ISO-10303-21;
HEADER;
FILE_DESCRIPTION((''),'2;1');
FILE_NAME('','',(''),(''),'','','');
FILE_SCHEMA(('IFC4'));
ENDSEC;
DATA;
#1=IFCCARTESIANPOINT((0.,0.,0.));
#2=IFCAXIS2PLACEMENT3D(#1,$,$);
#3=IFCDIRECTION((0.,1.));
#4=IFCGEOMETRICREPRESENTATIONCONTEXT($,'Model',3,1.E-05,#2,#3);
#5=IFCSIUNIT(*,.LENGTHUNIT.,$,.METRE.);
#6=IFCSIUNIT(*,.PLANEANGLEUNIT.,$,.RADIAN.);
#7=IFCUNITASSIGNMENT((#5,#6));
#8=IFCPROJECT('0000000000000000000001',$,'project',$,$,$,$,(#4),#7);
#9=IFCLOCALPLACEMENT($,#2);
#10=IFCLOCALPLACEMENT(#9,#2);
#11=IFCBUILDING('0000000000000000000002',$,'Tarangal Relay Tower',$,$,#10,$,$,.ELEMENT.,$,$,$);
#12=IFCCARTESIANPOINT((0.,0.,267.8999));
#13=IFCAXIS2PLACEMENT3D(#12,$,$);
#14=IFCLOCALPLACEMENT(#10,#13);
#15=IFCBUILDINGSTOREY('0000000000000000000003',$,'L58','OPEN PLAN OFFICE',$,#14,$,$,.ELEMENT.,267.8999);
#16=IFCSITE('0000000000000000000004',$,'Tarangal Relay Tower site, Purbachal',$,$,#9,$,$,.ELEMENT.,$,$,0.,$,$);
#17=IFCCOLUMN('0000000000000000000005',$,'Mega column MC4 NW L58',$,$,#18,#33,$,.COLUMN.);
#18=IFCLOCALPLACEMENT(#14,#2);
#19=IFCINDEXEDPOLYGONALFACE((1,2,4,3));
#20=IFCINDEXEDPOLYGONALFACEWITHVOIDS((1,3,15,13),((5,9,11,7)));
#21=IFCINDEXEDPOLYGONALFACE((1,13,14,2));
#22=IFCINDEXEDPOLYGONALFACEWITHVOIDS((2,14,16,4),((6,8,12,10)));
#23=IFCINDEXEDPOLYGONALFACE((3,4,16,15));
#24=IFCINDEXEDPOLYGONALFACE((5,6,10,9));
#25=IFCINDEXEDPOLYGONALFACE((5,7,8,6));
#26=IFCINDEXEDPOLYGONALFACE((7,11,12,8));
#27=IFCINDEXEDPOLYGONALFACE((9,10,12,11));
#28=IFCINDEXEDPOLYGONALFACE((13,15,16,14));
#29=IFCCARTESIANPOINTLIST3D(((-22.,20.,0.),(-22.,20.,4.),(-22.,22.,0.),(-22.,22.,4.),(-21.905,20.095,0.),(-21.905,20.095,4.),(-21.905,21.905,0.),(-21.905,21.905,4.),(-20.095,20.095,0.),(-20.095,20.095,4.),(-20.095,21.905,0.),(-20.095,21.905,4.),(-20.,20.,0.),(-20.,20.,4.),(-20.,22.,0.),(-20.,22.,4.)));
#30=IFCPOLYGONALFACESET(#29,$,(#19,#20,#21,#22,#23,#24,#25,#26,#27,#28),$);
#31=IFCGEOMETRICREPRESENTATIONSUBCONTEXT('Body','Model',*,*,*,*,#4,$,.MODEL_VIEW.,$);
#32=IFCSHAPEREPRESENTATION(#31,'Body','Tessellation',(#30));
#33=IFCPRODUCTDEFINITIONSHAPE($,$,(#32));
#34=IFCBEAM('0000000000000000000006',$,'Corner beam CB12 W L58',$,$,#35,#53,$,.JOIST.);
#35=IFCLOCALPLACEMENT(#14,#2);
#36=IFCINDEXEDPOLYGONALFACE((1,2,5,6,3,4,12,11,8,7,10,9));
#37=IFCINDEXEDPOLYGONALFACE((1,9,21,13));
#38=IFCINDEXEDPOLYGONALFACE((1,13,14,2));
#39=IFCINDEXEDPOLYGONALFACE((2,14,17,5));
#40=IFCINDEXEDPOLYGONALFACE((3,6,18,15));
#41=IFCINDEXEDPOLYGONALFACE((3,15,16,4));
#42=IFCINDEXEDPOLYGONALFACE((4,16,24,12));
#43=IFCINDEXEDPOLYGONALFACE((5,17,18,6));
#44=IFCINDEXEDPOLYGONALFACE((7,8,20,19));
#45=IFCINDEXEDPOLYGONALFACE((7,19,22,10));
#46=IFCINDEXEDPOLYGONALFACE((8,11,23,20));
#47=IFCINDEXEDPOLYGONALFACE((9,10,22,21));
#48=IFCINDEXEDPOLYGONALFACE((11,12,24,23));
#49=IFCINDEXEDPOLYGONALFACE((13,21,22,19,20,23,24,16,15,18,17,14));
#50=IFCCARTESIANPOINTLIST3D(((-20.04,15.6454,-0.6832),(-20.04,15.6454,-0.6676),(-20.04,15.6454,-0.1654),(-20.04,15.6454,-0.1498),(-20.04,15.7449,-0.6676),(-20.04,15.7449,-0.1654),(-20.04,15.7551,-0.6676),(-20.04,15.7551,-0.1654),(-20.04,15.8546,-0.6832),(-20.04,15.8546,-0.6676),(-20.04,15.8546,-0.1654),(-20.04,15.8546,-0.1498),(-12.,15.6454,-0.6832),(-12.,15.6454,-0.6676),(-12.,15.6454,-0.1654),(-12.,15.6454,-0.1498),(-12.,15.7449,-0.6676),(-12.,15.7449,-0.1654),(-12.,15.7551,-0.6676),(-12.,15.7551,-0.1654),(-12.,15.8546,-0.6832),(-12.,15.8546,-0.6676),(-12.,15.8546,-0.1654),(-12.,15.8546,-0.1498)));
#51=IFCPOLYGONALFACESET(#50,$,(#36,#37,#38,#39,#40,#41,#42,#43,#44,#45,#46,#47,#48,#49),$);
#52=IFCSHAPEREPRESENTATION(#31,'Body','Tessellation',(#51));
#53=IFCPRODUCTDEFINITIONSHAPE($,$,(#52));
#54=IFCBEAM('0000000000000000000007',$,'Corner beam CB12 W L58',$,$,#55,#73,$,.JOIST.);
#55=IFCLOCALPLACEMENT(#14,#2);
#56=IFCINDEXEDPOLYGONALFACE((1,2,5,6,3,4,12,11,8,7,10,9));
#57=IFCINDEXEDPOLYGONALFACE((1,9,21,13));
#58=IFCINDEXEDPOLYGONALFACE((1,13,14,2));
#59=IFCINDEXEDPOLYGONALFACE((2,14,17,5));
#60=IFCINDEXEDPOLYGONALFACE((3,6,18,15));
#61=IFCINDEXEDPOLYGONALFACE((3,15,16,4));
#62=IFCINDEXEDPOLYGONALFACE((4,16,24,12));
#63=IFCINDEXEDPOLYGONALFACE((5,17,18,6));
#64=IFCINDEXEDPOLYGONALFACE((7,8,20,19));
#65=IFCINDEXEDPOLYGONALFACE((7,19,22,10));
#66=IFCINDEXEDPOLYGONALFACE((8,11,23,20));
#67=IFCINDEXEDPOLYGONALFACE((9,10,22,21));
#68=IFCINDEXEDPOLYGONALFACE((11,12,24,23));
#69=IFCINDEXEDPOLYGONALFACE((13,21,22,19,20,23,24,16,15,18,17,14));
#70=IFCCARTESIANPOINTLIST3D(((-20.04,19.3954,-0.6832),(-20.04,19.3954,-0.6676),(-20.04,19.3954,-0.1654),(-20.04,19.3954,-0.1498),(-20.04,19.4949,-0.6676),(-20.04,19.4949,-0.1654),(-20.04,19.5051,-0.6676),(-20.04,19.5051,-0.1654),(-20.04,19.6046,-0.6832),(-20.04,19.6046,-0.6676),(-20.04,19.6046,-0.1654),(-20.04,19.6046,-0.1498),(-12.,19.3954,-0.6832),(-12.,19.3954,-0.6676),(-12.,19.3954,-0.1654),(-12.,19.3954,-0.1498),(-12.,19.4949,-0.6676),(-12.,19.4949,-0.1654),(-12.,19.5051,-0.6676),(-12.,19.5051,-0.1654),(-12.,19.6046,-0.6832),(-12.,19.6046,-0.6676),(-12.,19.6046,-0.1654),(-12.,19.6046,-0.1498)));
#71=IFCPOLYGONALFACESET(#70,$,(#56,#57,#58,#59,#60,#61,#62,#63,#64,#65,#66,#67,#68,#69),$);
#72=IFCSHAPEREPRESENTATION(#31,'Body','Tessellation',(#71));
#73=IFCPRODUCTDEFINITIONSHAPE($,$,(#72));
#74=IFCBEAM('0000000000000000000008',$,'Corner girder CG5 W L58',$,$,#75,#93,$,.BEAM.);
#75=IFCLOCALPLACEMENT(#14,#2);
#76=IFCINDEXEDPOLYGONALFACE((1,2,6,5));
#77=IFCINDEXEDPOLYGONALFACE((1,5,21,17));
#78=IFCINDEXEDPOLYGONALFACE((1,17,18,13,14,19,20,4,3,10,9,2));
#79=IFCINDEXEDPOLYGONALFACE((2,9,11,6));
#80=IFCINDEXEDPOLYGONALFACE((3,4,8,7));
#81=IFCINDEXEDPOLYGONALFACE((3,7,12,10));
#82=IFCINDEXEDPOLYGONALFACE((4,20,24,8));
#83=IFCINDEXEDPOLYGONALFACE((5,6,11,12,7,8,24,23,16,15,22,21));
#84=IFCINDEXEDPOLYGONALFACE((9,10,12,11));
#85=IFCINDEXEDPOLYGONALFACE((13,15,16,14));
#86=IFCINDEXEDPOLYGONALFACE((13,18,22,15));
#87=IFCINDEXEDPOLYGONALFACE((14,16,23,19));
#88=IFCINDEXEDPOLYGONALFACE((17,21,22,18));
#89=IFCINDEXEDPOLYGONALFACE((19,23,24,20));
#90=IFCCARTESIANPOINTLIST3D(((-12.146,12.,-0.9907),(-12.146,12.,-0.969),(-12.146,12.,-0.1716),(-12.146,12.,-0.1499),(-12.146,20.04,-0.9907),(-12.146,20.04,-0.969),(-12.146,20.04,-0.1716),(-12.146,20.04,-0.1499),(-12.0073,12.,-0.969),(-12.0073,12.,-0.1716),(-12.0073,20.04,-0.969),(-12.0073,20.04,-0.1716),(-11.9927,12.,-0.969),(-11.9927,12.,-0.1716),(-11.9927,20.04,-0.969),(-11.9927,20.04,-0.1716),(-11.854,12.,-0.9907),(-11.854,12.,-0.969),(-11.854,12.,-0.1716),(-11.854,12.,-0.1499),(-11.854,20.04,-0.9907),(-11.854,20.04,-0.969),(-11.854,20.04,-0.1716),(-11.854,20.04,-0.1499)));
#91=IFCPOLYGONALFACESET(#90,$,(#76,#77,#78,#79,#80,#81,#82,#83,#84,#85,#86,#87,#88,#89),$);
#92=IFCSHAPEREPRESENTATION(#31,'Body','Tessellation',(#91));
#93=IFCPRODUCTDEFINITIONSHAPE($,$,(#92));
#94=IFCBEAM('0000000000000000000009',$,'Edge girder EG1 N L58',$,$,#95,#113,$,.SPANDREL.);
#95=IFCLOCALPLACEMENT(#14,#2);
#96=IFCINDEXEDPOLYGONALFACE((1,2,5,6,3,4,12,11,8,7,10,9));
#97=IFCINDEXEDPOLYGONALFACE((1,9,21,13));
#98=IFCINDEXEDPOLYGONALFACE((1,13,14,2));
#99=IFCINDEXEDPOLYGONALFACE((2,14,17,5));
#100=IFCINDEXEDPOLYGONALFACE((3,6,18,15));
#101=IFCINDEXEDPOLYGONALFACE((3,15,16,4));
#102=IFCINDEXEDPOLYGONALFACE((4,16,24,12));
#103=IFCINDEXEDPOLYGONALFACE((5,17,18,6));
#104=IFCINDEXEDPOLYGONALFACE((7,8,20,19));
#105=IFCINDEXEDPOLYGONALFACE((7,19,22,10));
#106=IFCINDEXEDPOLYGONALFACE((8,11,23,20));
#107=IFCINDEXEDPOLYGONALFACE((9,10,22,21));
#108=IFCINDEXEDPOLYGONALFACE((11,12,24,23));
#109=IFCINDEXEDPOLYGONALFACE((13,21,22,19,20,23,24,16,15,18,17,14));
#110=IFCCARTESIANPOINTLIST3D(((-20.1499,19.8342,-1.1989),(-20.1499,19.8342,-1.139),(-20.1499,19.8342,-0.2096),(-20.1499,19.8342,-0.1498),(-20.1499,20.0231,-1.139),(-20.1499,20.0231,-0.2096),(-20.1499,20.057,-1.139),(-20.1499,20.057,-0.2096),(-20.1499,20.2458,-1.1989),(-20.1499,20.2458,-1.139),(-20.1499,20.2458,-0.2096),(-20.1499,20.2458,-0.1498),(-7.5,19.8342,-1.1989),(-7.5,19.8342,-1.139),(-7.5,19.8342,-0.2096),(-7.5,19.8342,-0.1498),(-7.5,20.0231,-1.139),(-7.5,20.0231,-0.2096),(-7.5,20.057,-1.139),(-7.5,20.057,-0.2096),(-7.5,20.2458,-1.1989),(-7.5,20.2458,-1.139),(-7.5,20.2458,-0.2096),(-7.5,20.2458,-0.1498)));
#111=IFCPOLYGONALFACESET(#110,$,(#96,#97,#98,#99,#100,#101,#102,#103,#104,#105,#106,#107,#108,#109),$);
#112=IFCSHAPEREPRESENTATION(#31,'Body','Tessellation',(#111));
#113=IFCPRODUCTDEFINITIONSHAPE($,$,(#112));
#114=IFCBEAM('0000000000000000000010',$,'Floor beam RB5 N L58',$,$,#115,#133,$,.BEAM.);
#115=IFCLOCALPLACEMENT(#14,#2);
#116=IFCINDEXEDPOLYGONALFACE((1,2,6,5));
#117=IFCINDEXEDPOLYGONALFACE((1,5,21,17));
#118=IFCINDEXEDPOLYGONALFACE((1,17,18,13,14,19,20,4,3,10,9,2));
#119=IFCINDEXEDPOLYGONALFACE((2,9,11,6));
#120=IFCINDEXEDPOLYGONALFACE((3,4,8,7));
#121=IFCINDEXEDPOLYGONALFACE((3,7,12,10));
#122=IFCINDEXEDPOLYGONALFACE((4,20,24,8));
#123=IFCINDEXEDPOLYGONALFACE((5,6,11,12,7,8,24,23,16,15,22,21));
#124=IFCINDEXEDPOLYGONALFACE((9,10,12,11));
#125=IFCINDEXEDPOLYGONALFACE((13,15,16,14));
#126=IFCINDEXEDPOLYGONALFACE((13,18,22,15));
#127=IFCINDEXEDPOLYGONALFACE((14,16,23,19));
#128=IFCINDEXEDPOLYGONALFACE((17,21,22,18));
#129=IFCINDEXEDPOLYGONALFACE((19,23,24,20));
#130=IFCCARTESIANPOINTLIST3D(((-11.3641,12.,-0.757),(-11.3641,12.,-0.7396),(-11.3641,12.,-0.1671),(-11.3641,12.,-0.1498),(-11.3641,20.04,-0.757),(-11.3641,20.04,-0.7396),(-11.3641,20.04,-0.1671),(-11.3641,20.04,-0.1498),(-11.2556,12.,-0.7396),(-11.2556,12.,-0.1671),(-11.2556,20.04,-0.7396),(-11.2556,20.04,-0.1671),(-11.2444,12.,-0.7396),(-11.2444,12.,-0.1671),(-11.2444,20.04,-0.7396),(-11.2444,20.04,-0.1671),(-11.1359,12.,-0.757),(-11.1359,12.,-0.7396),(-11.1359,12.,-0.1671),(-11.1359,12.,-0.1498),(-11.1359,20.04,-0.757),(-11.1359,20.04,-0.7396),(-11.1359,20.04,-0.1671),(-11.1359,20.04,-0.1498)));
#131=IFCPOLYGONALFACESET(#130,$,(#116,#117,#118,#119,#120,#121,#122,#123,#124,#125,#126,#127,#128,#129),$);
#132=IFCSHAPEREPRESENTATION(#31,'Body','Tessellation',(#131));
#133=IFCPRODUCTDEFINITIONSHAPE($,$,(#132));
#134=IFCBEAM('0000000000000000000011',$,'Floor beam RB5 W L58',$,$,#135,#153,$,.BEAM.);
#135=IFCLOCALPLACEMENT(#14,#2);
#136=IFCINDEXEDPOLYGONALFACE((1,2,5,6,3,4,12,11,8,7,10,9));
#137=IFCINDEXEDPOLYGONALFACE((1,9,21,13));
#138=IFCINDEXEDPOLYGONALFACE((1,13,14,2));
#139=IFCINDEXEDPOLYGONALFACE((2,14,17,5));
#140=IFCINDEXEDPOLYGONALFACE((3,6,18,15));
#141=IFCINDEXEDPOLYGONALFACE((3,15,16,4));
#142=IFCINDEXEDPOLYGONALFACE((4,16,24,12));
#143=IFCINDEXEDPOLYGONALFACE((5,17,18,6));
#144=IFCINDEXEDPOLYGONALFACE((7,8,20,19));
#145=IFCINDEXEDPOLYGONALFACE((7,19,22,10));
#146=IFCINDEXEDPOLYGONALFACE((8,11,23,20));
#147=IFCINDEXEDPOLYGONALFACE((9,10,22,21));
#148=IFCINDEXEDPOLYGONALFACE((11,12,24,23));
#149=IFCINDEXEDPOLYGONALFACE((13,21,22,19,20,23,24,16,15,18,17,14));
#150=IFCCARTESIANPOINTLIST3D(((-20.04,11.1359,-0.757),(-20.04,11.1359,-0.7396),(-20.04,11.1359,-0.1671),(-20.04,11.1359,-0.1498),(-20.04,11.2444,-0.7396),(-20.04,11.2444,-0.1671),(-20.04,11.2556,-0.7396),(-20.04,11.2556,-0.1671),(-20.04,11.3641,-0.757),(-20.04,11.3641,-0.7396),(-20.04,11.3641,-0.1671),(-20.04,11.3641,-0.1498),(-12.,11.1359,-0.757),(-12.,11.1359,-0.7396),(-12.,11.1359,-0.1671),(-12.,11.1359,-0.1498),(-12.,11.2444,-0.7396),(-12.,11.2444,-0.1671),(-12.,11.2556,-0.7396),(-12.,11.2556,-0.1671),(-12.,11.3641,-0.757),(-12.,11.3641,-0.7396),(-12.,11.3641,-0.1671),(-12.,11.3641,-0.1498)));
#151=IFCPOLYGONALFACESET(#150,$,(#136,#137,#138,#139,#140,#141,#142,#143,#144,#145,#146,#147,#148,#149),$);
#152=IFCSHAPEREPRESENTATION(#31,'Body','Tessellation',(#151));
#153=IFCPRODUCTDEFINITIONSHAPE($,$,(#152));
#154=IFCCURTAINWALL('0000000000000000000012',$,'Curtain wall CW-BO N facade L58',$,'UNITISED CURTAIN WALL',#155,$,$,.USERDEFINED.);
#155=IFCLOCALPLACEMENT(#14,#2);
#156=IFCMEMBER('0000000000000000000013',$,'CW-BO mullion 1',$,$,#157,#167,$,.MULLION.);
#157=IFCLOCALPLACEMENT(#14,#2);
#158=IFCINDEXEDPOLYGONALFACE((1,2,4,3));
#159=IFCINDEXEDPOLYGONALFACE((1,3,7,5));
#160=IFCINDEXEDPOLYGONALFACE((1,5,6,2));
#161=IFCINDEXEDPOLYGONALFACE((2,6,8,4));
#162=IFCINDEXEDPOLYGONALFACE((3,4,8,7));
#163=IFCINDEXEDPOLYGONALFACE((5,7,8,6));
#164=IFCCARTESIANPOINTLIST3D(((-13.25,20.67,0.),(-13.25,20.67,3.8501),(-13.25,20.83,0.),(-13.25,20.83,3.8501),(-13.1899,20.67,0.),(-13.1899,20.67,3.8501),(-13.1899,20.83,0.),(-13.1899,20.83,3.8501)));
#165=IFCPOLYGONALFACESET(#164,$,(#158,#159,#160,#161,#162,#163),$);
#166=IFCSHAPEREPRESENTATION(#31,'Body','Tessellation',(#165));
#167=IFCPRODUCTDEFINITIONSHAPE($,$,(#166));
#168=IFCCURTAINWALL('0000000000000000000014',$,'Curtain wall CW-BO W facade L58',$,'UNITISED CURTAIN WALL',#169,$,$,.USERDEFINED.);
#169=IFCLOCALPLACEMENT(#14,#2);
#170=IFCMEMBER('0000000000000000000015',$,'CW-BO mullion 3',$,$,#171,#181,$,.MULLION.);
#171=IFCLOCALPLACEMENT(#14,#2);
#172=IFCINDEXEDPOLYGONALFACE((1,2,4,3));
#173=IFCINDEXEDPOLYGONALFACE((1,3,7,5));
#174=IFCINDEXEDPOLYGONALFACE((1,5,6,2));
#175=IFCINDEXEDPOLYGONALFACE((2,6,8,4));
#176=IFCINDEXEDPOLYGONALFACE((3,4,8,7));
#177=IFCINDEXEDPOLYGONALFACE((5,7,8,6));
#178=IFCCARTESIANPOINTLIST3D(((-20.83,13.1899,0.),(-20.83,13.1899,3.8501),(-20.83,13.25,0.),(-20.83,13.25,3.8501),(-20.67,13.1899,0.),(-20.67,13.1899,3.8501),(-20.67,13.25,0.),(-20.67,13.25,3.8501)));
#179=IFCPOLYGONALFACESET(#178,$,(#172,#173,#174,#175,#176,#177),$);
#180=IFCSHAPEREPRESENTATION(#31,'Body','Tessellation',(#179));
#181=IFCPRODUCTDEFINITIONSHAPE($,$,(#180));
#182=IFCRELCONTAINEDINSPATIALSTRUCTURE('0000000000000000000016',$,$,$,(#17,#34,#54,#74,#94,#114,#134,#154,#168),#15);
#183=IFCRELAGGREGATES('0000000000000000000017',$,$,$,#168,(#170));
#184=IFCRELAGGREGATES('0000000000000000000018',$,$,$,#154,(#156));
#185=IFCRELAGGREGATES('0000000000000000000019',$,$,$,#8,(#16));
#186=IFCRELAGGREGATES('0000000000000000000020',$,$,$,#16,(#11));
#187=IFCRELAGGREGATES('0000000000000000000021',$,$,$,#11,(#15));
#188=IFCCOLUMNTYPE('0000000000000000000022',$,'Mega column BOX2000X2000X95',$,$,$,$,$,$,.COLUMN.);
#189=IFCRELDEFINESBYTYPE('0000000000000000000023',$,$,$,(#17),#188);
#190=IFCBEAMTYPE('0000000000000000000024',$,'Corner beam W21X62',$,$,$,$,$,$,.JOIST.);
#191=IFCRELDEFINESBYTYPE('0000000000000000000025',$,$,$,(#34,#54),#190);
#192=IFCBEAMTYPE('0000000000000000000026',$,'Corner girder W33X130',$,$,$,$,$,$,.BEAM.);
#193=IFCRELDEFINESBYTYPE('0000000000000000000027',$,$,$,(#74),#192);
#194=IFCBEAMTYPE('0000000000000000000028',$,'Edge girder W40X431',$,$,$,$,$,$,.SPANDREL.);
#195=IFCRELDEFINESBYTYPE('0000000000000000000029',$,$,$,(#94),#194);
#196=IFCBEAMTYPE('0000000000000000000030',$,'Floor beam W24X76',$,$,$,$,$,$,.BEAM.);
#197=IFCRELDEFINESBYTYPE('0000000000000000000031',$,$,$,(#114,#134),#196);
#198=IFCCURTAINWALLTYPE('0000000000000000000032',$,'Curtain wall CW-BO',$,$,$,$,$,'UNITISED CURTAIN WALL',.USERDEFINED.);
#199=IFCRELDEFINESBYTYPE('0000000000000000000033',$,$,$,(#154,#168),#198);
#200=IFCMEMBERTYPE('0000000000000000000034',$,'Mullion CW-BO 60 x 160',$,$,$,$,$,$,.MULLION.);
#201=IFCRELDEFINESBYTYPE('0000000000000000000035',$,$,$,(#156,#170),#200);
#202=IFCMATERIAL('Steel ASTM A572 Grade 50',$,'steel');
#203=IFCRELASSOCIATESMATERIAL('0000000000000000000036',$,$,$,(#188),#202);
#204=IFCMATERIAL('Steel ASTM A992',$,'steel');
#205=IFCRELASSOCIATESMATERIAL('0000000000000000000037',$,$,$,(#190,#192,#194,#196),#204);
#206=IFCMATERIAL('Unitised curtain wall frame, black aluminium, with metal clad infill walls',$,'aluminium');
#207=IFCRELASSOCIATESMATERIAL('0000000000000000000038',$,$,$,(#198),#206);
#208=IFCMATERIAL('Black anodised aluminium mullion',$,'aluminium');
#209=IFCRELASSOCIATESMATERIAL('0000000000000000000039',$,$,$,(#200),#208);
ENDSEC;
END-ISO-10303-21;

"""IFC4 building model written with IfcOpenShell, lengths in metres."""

from ifc_helpers import new_model, si_unit, direction, frame, origin, origin_2d, place, context, subcontext, project, spatial, rectangle, hollow_rectangle, i_section, extrude, material, material_profile, profile_set, type_object, element, aggregate, save


model = new_model("IFC4")

# Units and contexts
model_context = context("Model", 3, precision=1e-05, world=origin(), true_north=direction((0.0, 1.0)))
body_context = subcontext(model_context, "Body", "Model", "MODEL_VIEW")
ifc_project = project(units=[si_unit("LENGTHUNIT", "METRE"), si_unit("PLANEANGLEUNIT", "RADIAN")], contexts=[model_context])

# Site, building, storey
site_placement = place(None, origin())
site = spatial("IfcSite", under=ifc_project, at=site_placement, Name="Tarangal Relay Tower site, Purbachal", CompositionType="ELEMENT", RefElevation=0.0)
building_placement = place(site_placement, origin())
building = spatial("IfcBuilding", under=site, at=building_placement, Name="Tarangal Relay Tower", CompositionType="ELEMENT")
storey_placement = place(building_placement, frame((0.0, 0.0, 267.8999)))
storey = spatial("IfcBuildingStorey", under=building, at=storey_placement, Name="L58", Description="OPEN PLAN OFFICE", CompositionType="ELEMENT", Elevation=267.8999)

# Column
ifc_material_1 = material(Name="Steel ASTM A572 Grade 50", Category="steel")
ifc_material_profile_1 = material_profile(ifc_material_1, hollow_rectangle(XDim=2.0, YDim=2.0, WallThickness=0.095, at=origin_2d()), Name="BOX2000X2000X95")
ifc_profile_set_1 = profile_set([ifc_material_profile_1], Name="Steel ASTM A572 Grade 50")
column_type = type_object("IfcColumnType", Name="Mega column BOX2000X2000X95", PredefinedType="COLUMN", material=ifc_profile_set_1)
column_placement = place(storey_placement, frame((-21.0, 21.0, 0.0), z_axis=(0.0, 0.0, 1.0), x_axis=(1.0, 0.0, 0.0)))
element("IfcColumn", 1, at=column_placement, inside=storey, type_object=column_type, Name="Mega column MC4 NW L58", PredefinedType="COLUMN", context=body_context, shape_type="SweptSolid", body=[
    extrude(hollow_rectangle(XDim=2.0, YDim=2.0, WallThickness=0.095, at=origin_2d()), origin(), (0.0, 0.0, 1.0), 4.0),
])

# Beams
ifc_material_2 = material(Name="Steel ASTM A992", Category="steel")
ifc_material_profile_2 = material_profile(ifc_material_2, i_section(OverallWidth=0.2092, OverallDepth=0.5334, WebThickness=0.0103, FlangeThickness=0.0156, at=origin_2d()), Name="W21X62")
ifc_profile_set_2 = profile_set([ifc_material_profile_2], Name="Steel ASTM A992")
beam_type_1 = type_object("IfcBeamType", Name="Corner beam W21X62", PredefinedType="JOIST", material=ifc_profile_set_2)
for number, where, z_axis, x_axis, name in (
    (2, (-12.0, 15.75, -0.4165), (-1.0, 0.0, 0.0), (0.0, -1.0, 0.0), "Corner beam CB12 W L58"),
    (3, (-12.0, 19.5, -0.4165), (-1.0, 0.0, 0.0), (0.0, -1.0, 0.0), "Corner beam CB12 W L58"),
):
    element("IfcBeam", number, at=place(storey_placement, frame(where, z_axis=z_axis, x_axis=x_axis)), inside=storey, type_object=beam_type_1, Name=name, PredefinedType="JOIST", context=body_context, shape_type="SweptSolid", body=[
        extrude(i_section(OverallWidth=0.2092, OverallDepth=0.5334, WebThickness=0.0103, FlangeThickness=0.0156, at=origin_2d()), origin(), (0.0, 0.0, 1.0), 8.04),
    ])
ifc_material_profile_3 = material_profile(ifc_material_2, i_section(OverallWidth=0.292, OverallDepth=0.8408, WebThickness=0.0146, FlangeThickness=0.0217, at=origin_2d()), Name="W33X130")
ifc_profile_set_3 = profile_set([ifc_material_profile_3], Name="Steel ASTM A992")
beam_type_2 = type_object("IfcBeamType", Name="Corner girder W33X130", PredefinedType="BEAM", material=ifc_profile_set_3)
beam_1_placement = place(storey_placement, frame((-12.0, 12.0, -0.5703), z_axis=(0.0, 1.0, 0.0), x_axis=(-1.0, 0.0, 0.0)))
element("IfcBeam", 4, at=beam_1_placement, inside=storey, type_object=beam_type_2, Name="Corner girder CG5 W L58", PredefinedType="BEAM", context=body_context, shape_type="SweptSolid", body=[
    extrude(i_section(OverallWidth=0.292, OverallDepth=0.8408, WebThickness=0.0146, FlangeThickness=0.0217, at=origin_2d()), origin(), (0.0, 0.0, 1.0), 8.04),
])
ifc_material_profile_4 = material_profile(ifc_material_2, i_section(OverallWidth=0.4116, OverallDepth=1.0491, WebThickness=0.0339, FlangeThickness=0.0598, at=origin_2d()), Name="W40X431")
ifc_profile_set_4 = profile_set([ifc_material_profile_4], Name="Steel ASTM A992")
beam_type_3 = type_object("IfcBeamType", Name="Edge girder W40X431", PredefinedType="SPANDREL", material=ifc_profile_set_4)
beam_2_placement = place(storey_placement, frame((-20.1499, 20.04, -0.6743), z_axis=(1.0, 0.0, 0.0), x_axis=(0.0, 1.0, 0.0)))
element("IfcBeam", 5, at=beam_2_placement, inside=storey, type_object=beam_type_3, Name="Edge girder EG1 N L58", PredefinedType="SPANDREL", context=body_context, shape_type="SweptSolid", body=[
    extrude(i_section(OverallWidth=0.4116, OverallDepth=1.0491, WebThickness=0.0339, FlangeThickness=0.0598, at=origin_2d()), origin(), (0.0, 0.0, 1.0), 12.6499),
])
ifc_material_profile_5 = material_profile(ifc_material_2, i_section(OverallWidth=0.2283, OverallDepth=0.6072, WebThickness=0.0112, FlangeThickness=0.0173, at=origin_2d()), Name="W24X76")
ifc_profile_set_5 = profile_set([ifc_material_profile_5], Name="Steel ASTM A992")
beam_type_4 = type_object("IfcBeamType", Name="Floor beam W24X76", PredefinedType="BEAM", material=ifc_profile_set_5)
for number, where, z_axis, x_axis, name in (
    (6, (-11.25, 12.0, -0.4534), (0.0, 1.0, 0.0), (-1.0, 0.0, 0.0), "Floor beam RB5 N L58"),
    (7, (-12.0, 11.25, -0.4534), (-1.0, 0.0, 0.0), (0.0, -1.0, 0.0), "Floor beam RB5 W L58"),
):
    element("IfcBeam", number, at=place(storey_placement, frame(where, z_axis=z_axis, x_axis=x_axis)), inside=storey, type_object=beam_type_4, Name=name, PredefinedType="BEAM", context=body_context, shape_type="SweptSolid", body=[
        extrude(i_section(OverallWidth=0.2283, OverallDepth=0.6072, WebThickness=0.0112, FlangeThickness=0.0173, at=origin_2d()), origin(), (0.0, 0.0, 1.0), 8.04),
    ])

# Curtain walls, members
ifc_material_3 = material(Name="Unitised curtain wall frame, black aluminium, with metal clad infill walls", Category="aluminium")
curtain_wall_type = type_object("IfcCurtainWallType", Name="Curtain wall CW-BO", ElementType="UNITISED CURTAIN WALL", PredefinedType="USERDEFINED", material=ifc_material_3)
curtain_wall_1_placement = place(storey_placement, origin())
curtain_wall_1 = element("IfcCurtainWall", 8, at=curtain_wall_1_placement, inside=storey, type_object=curtain_wall_type, Name="Curtain wall CW-BO N facade L58", ObjectType="UNITISED CURTAIN WALL", PredefinedType="USERDEFINED")
ifc_material_4 = material(Name="Black anodised aluminium mullion", Category="aluminium")
ifc_material_profile_6 = material_profile(ifc_material_4, rectangle(XDim=0.1599, YDim=0.0601, at=origin_2d()), Name="CW-BOM 60X160")
ifc_profile_set_6 = profile_set([ifc_material_profile_6], Name="Black anodised aluminium mullion")
member_type_1 = type_object("IfcMemberType", Name="Mullion CW-BO 60 x 160", PredefinedType="MULLION", material=ifc_profile_set_6)
member_1_placement = place(storey_placement, frame((-13.22, 20.75, 0.0), z_axis=(0.0, 0.0, 1.0), x_axis=(0.0, 1.0, 0.0)))
member_1 = element("IfcMember", 9, at=member_1_placement, type_object=member_type_1, Name="CW-BO mullion 1", PredefinedType="MULLION", context=body_context, shape_type="SweptSolid", body=[
    extrude(rectangle(XDim=0.1599, YDim=0.0601, at=origin_2d()), origin(), (0.0, 0.0, 1.0), 3.8501),
])
curtain_wall_2_placement = place(storey_placement, origin())
curtain_wall_2 = element("IfcCurtainWall", 10, at=curtain_wall_2_placement, inside=storey, type_object=curtain_wall_type, Name="Curtain wall CW-BO W facade L58", ObjectType="UNITISED CURTAIN WALL", PredefinedType="USERDEFINED")
member_2_placement = place(storey_placement, frame((-20.75, 13.22, 0.0), z_axis=(0.0, 0.0, 1.0), x_axis=(-1.0, 0.0, 0.0)))
member_2 = element("IfcMember", 11, at=member_2_placement, type_object=member_type_1, Name="CW-BO mullion 3", PredefinedType="MULLION", context=body_context, shape_type="SweptSolid", body=[
    extrude(rectangle(XDim=0.1599, YDim=0.0601, at=origin_2d()), origin(), (0.0, 0.0, 1.0), 3.8501),
])
aggregate(curtain_wall_2, [member_2])

aggregate(curtain_wall_1, [member_1])

save(model, "model.ifc")
